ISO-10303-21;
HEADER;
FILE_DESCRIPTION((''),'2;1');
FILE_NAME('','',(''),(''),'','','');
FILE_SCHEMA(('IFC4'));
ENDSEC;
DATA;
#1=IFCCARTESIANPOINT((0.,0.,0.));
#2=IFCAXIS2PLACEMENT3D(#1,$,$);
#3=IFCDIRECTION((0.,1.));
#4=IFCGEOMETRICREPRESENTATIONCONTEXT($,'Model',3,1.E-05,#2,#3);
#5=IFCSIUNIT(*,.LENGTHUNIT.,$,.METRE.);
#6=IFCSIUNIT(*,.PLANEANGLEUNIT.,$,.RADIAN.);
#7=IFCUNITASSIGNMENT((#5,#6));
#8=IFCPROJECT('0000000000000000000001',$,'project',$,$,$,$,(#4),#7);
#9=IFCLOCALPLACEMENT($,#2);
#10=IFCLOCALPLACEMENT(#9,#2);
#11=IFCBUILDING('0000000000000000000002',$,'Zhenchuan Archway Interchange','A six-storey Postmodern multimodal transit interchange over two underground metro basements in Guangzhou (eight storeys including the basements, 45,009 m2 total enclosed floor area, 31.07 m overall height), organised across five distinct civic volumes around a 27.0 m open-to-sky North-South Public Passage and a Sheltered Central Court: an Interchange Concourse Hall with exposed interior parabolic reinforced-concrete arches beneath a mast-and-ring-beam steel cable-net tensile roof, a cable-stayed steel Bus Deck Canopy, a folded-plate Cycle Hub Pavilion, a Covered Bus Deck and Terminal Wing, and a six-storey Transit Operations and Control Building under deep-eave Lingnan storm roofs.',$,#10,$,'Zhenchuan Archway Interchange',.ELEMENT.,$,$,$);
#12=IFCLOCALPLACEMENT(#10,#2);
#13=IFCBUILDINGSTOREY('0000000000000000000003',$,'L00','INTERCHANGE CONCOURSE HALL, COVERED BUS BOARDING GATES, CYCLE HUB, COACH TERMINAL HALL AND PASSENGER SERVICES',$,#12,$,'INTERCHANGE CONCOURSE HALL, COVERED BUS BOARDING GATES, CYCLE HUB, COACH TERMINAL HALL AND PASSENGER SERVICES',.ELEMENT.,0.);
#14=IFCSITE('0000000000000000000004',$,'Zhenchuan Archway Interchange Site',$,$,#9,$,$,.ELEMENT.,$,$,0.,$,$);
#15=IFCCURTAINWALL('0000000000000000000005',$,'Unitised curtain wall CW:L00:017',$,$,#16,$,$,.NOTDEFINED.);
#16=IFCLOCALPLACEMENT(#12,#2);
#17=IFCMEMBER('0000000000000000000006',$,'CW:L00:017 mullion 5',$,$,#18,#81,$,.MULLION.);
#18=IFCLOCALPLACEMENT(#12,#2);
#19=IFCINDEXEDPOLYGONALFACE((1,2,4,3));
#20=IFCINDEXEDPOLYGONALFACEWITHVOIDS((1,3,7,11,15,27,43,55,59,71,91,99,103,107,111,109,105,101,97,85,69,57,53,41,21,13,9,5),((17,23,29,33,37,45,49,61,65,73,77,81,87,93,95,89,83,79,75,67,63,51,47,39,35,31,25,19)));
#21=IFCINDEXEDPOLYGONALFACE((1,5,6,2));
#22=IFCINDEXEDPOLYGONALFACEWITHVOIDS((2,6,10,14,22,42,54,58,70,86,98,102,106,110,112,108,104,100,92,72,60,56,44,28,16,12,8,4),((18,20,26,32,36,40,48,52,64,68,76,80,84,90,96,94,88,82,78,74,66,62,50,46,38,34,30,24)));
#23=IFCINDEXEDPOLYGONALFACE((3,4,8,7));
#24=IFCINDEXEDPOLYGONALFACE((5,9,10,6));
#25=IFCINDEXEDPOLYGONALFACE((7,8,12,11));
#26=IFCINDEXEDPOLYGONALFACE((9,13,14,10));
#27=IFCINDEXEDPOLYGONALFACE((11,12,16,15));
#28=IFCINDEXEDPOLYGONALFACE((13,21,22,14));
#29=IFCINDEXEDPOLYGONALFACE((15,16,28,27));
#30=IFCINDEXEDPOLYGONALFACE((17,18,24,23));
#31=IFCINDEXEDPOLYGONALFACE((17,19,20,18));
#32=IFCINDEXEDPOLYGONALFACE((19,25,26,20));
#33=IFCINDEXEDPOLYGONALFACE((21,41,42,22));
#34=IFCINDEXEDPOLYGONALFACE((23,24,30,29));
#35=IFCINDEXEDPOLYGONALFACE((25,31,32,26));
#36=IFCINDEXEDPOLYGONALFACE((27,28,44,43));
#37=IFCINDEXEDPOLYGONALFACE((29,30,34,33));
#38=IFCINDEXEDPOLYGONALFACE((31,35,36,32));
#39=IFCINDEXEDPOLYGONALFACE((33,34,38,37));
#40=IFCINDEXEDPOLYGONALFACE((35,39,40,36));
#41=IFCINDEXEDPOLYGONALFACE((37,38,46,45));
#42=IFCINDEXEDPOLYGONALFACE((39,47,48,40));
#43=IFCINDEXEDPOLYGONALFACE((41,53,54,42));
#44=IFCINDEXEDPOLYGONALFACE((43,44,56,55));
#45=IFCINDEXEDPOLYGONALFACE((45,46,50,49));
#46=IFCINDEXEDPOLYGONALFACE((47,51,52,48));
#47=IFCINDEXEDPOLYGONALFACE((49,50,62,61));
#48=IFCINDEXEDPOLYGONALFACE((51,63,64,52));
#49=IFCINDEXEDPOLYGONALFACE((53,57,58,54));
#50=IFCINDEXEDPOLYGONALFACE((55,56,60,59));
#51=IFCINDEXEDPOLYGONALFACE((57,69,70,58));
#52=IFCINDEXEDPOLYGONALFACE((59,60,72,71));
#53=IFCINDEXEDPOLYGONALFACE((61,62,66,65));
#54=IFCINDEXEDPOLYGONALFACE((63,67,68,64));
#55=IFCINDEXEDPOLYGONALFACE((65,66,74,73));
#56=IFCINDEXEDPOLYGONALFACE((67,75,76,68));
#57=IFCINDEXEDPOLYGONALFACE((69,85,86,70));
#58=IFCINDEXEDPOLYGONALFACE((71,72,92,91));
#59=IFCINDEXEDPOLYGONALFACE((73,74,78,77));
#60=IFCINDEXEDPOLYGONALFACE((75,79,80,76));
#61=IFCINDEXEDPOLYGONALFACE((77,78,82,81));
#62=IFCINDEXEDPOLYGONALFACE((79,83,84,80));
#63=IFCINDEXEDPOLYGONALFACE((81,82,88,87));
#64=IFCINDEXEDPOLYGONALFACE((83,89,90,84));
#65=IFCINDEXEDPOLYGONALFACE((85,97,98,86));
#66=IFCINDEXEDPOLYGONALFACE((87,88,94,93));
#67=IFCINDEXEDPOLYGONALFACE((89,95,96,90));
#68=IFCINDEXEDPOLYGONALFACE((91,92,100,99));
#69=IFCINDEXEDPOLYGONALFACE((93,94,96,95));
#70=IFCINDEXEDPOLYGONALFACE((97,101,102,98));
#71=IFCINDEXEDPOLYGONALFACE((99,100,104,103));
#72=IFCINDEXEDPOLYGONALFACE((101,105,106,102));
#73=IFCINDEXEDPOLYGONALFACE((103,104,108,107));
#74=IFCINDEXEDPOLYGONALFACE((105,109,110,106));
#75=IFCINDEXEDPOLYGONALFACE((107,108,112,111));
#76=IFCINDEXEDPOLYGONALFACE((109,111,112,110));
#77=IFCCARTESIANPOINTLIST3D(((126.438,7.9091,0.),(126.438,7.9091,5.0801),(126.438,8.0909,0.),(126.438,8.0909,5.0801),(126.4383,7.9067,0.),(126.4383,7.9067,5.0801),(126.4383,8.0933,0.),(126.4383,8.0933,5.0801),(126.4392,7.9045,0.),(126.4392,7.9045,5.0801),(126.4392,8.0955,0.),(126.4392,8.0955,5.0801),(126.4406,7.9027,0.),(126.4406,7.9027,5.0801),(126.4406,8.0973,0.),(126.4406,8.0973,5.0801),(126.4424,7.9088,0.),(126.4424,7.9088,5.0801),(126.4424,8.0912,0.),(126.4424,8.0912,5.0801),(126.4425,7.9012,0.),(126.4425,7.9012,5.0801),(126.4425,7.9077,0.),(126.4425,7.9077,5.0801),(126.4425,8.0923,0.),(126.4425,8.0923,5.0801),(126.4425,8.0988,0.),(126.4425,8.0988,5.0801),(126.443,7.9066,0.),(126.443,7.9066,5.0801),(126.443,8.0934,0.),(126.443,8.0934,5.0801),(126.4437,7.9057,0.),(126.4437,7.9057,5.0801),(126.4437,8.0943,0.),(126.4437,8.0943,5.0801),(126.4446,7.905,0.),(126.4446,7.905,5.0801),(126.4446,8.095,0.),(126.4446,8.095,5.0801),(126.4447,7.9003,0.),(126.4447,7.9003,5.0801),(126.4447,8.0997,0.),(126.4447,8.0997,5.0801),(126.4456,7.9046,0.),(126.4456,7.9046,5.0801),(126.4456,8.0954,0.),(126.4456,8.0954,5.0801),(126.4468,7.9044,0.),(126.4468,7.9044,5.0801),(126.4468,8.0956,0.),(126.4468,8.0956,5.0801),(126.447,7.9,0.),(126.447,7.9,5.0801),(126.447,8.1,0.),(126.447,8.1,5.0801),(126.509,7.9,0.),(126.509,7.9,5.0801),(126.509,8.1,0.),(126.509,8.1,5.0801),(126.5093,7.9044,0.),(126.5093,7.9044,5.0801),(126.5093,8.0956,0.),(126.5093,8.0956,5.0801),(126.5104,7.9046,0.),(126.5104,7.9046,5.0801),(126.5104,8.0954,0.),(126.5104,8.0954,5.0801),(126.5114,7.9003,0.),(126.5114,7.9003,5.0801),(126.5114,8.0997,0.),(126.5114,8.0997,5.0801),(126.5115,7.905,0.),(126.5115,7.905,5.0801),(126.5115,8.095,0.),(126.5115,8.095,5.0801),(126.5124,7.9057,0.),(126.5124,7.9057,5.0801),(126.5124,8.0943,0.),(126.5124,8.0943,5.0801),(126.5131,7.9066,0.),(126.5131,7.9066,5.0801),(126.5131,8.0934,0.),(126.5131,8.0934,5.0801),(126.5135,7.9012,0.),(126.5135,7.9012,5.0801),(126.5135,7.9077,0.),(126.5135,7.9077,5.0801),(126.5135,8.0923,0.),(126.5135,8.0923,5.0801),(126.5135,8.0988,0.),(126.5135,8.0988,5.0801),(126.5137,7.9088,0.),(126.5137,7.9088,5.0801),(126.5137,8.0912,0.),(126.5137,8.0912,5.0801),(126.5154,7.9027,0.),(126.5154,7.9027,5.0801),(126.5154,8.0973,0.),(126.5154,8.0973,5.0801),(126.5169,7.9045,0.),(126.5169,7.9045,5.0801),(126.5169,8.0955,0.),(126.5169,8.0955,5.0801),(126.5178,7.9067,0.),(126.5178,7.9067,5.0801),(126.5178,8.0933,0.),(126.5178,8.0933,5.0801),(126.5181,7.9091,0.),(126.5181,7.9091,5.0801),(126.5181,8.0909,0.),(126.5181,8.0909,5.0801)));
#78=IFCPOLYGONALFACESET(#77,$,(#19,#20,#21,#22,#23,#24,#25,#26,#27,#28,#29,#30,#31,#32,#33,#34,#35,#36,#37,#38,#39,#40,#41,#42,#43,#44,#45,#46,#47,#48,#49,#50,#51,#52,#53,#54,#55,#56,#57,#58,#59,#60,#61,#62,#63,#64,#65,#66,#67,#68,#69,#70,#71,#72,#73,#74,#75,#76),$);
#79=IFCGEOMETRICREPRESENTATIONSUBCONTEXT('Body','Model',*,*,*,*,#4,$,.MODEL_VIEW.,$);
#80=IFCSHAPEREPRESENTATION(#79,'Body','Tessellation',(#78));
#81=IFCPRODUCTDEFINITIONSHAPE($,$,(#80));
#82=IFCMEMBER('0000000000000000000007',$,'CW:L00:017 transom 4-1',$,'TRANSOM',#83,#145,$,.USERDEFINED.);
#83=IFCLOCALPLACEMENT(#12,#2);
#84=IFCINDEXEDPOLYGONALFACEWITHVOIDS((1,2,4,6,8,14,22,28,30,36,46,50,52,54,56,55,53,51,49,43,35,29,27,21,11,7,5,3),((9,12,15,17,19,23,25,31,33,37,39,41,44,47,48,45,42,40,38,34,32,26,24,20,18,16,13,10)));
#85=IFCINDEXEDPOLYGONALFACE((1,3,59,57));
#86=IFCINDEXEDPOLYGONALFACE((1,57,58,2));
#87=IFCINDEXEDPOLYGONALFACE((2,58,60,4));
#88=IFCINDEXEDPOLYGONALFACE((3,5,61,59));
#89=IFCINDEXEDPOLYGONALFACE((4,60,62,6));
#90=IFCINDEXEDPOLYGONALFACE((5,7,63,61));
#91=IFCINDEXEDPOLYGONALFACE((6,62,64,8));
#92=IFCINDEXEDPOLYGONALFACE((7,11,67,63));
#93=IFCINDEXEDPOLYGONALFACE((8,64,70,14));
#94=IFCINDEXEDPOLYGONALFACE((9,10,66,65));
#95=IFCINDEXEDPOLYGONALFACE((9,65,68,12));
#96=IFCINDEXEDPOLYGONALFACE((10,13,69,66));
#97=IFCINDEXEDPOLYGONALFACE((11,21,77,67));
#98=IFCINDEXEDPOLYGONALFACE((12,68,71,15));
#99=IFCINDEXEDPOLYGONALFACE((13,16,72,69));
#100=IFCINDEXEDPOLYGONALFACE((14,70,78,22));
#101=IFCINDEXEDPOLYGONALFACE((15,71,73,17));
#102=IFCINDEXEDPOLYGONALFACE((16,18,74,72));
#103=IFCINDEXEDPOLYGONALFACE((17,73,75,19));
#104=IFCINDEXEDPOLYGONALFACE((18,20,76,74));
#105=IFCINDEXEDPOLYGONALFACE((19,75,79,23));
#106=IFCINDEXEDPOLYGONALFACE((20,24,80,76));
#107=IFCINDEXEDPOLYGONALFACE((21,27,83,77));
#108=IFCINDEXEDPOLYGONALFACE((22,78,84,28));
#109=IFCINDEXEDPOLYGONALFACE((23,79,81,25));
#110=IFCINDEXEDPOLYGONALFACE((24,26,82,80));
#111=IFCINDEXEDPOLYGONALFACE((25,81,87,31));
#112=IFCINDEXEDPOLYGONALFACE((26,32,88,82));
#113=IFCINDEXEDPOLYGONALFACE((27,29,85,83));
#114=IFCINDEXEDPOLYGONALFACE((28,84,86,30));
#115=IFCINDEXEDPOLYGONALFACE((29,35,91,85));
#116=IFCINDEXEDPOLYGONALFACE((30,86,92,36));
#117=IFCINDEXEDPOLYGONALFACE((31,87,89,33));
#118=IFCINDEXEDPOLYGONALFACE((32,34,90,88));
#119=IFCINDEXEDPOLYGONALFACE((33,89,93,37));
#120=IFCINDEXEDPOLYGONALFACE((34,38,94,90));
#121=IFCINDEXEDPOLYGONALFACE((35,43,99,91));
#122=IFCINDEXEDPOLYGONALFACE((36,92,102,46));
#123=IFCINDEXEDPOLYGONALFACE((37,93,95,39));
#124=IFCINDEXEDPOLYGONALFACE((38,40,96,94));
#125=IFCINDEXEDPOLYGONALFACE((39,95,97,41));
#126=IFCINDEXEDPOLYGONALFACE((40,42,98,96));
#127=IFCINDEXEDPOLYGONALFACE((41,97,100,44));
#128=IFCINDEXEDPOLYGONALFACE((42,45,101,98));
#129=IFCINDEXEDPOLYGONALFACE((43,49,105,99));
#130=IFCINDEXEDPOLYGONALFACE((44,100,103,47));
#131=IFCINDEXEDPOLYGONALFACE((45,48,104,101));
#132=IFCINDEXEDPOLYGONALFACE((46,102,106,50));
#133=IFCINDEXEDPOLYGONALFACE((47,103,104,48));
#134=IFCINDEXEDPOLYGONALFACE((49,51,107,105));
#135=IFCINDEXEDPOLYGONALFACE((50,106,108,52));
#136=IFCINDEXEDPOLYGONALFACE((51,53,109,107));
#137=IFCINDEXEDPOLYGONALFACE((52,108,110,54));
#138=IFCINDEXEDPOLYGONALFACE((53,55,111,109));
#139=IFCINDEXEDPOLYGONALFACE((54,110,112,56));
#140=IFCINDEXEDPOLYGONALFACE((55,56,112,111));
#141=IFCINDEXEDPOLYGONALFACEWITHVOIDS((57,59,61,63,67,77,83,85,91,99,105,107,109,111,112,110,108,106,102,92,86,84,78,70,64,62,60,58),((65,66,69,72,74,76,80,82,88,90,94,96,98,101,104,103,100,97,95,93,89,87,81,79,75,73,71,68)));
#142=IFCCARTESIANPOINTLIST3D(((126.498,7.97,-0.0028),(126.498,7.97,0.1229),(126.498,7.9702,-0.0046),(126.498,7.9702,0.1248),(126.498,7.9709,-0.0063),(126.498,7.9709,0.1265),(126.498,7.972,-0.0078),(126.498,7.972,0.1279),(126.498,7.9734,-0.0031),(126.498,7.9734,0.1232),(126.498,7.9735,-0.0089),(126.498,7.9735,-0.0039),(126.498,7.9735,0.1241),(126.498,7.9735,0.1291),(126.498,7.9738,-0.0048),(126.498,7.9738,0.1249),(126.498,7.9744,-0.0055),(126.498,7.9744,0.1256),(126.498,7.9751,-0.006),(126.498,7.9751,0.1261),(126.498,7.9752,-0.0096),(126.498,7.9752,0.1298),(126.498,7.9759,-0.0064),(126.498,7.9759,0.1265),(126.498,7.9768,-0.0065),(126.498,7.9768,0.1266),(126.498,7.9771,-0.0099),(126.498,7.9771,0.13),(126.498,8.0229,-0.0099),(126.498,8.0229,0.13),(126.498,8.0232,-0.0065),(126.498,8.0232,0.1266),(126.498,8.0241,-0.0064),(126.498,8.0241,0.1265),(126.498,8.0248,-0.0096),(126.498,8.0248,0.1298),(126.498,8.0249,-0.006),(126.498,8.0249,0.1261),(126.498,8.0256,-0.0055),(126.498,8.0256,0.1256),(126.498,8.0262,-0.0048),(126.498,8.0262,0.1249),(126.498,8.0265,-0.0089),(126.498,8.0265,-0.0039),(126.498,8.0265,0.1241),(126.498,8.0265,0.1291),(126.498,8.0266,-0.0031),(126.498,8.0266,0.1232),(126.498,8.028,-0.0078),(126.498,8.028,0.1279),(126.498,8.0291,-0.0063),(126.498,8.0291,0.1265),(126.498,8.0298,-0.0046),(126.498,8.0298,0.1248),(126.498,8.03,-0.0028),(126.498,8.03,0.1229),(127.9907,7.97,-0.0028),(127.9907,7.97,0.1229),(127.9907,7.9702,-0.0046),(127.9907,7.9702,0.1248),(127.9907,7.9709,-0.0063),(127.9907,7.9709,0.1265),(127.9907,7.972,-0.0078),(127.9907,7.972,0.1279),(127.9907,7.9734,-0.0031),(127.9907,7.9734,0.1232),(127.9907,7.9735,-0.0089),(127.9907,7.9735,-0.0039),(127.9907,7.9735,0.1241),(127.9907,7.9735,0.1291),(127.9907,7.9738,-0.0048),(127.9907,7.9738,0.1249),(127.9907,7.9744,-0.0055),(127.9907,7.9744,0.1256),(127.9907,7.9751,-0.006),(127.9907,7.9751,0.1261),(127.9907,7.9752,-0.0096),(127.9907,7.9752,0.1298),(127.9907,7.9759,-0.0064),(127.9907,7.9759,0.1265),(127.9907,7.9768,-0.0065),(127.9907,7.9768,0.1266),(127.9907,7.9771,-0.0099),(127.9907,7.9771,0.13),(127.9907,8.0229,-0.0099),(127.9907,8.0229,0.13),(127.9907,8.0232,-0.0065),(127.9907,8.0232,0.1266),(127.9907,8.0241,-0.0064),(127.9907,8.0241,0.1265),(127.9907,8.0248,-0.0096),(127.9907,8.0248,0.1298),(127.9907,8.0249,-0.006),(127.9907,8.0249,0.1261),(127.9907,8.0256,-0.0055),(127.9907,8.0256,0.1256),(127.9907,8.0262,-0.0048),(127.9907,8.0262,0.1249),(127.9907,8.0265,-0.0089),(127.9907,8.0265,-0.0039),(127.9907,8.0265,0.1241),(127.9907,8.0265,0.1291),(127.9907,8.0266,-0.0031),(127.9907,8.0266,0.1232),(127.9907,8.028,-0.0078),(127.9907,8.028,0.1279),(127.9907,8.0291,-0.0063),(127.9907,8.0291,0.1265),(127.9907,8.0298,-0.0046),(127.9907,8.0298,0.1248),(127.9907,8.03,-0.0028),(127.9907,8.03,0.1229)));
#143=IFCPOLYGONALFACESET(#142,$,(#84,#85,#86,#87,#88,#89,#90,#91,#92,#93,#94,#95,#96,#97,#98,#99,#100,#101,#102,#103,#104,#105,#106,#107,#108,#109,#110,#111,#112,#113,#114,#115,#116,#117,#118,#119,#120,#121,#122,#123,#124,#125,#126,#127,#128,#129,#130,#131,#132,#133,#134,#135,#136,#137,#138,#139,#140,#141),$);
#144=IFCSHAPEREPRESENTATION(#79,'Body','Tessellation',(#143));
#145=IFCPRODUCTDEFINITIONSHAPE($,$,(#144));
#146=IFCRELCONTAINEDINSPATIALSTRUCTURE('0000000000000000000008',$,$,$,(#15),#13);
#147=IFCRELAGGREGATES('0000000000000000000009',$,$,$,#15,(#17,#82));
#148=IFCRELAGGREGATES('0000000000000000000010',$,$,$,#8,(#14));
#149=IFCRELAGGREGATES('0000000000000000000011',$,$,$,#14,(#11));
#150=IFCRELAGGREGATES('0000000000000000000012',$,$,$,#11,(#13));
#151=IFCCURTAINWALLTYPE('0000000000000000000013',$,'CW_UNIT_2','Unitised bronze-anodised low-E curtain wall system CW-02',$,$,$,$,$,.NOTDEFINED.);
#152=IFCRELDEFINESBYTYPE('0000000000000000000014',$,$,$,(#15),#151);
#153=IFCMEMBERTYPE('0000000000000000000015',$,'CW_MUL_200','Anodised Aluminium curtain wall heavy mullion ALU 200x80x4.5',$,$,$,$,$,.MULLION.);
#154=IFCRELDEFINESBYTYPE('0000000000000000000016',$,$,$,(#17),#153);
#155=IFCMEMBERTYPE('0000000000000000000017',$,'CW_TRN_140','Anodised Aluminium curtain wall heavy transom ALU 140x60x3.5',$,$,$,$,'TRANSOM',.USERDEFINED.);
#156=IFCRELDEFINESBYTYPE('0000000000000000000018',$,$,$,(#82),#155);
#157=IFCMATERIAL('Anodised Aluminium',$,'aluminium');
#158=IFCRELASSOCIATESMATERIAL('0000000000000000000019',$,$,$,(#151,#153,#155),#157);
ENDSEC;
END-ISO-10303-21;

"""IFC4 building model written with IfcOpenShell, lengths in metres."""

from ifc_helpers import new_model, si_unit, direction, frame, origin, origin_2d, place, context, subcontext, project, spatial, hollow_rectangle, extrude, material, material_profile, profile_set, type_object, element, aggregate, save


model = new_model("IFC4")

# Units and contexts
model_context = context("Model", 3, precision=1e-05, world=origin(), true_north=direction((0.0, 1.0)))
body_context = subcontext(model_context, "Body", "Model", "MODEL_VIEW")
ifc_project = project(units=[si_unit("LENGTHUNIT", "METRE"), si_unit("PLANEANGLEUNIT", "RADIAN")], contexts=[model_context])

# Site, building, storey
site_placement = place(None, origin())
site = spatial("IfcSite", under=ifc_project, at=site_placement, Name="Zhenchuan Archway Interchange Site", CompositionType="ELEMENT", RefElevation=0.0)
building_placement = place(site_placement, origin())
building = spatial("IfcBuilding", under=site, at=building_placement, Name="Zhenchuan Archway Interchange", Description="A six-storey Postmodern multimodal transit interchange over two underground metro basements in Guangzhou (eight storeys including the basements, 45,009 m2 total enclosed floor area, 31.07 m overall height), organised across five distinct civic volumes around a 27.0 m open-to-sky North-South Public Passage and a Sheltered Central Court: an Interchange Concourse Hall with exposed interior parabolic reinforced-concrete arches beneath a mast-and-ring-beam steel cable-net tensile roof, a cable-stayed steel Bus Deck Canopy, a folded-plate Cycle Hub Pavilion, a Covered Bus Deck and Terminal Wing, and a six-storey Transit Operations and Control Building under deep-eave Lingnan storm roofs.", LongName="Zhenchuan Archway Interchange", CompositionType="ELEMENT")
storey_placement = place(building_placement, origin())
storey = spatial("IfcBuildingStorey", under=building, at=storey_placement, Name="L00", Description="INTERCHANGE CONCOURSE HALL, COVERED BUS BOARDING GATES, CYCLE HUB, COACH TERMINAL HALL AND PASSENGER SERVICES", LongName="INTERCHANGE CONCOURSE HALL, COVERED BUS BOARDING GATES, CYCLE HUB, COACH TERMINAL HALL AND PASSENGER SERVICES", CompositionType="ELEMENT", Elevation=0.0)

# Curtain wall, members
ifc_material_1 = material(Name="Anodised Aluminium", Category="aluminium")
curtain_wall_type = type_object("IfcCurtainWallType", Name="CW_UNIT_2", Description="Unitised bronze-anodised low-E curtain wall system CW-02", PredefinedType="NOTDEFINED", material=ifc_material_1)
curtain_wall_placement = place(storey_placement, origin())
curtain_wall = element("IfcCurtainWall", 1, at=curtain_wall_placement, inside=storey, type_object=curtain_wall_type, Name="Unitised curtain wall CW:L00:017", PredefinedType="NOTDEFINED")
ifc_material_profile_1 = material_profile(ifc_material_1, hollow_rectangle(XDim=0.0801, YDim=0.2, WallThickness=0.0044, InnerFilletRadius=0.0044, OuterFilletRadius=0.009, at=origin_2d()), Name="ALU 200x80x4.5")
ifc_profile_set_1 = profile_set([ifc_material_profile_1], Name="Anodised Aluminium")
member_type_1 = type_object("IfcMemberType", Name="CW_MUL_200", Description="Anodised Aluminium curtain wall heavy mullion ALU 200x80x4.5", PredefinedType="MULLION", material=ifc_profile_set_1)
member_1_placement = place(storey_placement, frame((126.478, 8.0, 0.0), z_axis=(0.0, 0.0, 1.0), x_axis=(1.0, 0.0, 0.0)))
member_1 = element("IfcMember", 2, at=member_1_placement, type_object=member_type_1, Name="CW:L00:017 mullion 5", PredefinedType="MULLION", context=body_context, shape_type="SweptSolid", body=[
    extrude(hollow_rectangle(XDim=0.0801, YDim=0.2, WallThickness=0.0044, InnerFilletRadius=0.0044, OuterFilletRadius=0.009, at=origin_2d()), origin(), (0.0, 0.0, 1.0), 5.0801),
])
ifc_material_profile_2 = material_profile(ifc_material_1, hollow_rectangle(XDim=0.0601, YDim=0.1399, WallThickness=0.0034, InnerFilletRadius=0.0034, OuterFilletRadius=0.0071, at=origin_2d()), Name="ALU 140x60x3.5")
ifc_profile_set_2 = profile_set([ifc_material_profile_2], Name="Anodised Aluminium")
member_type_2 = type_object("IfcMemberType", Name="CW_TRN_140", Description="Anodised Aluminium curtain wall heavy transom ALU 140x60x3.5", ElementType="TRANSOM", PredefinedType="USERDEFINED", material=ifc_profile_set_2)
member_2_placement = place(storey_placement, frame((127.9907, 8.0, 0.0601), z_axis=(-1.0, 0.0, 0.0), x_axis=(0.0, -1.0, 0.0)))
member_2 = element("IfcMember", 3, at=member_2_placement, type_object=member_type_2, Name="CW:L00:017 transom 4-1", ObjectType="TRANSOM", PredefinedType="USERDEFINED", context=body_context, shape_type="SweptSolid", body=[
    extrude(hollow_rectangle(XDim=0.0601, YDim=0.1399, WallThickness=0.0034, InnerFilletRadius=0.0034, OuterFilletRadius=0.0071, at=origin_2d()), origin(), (0.0, 0.0, 1.0), 1.4927),
])

aggregate(curtain_wall, [member_1, member_2])

save(model, "model.ifc")
